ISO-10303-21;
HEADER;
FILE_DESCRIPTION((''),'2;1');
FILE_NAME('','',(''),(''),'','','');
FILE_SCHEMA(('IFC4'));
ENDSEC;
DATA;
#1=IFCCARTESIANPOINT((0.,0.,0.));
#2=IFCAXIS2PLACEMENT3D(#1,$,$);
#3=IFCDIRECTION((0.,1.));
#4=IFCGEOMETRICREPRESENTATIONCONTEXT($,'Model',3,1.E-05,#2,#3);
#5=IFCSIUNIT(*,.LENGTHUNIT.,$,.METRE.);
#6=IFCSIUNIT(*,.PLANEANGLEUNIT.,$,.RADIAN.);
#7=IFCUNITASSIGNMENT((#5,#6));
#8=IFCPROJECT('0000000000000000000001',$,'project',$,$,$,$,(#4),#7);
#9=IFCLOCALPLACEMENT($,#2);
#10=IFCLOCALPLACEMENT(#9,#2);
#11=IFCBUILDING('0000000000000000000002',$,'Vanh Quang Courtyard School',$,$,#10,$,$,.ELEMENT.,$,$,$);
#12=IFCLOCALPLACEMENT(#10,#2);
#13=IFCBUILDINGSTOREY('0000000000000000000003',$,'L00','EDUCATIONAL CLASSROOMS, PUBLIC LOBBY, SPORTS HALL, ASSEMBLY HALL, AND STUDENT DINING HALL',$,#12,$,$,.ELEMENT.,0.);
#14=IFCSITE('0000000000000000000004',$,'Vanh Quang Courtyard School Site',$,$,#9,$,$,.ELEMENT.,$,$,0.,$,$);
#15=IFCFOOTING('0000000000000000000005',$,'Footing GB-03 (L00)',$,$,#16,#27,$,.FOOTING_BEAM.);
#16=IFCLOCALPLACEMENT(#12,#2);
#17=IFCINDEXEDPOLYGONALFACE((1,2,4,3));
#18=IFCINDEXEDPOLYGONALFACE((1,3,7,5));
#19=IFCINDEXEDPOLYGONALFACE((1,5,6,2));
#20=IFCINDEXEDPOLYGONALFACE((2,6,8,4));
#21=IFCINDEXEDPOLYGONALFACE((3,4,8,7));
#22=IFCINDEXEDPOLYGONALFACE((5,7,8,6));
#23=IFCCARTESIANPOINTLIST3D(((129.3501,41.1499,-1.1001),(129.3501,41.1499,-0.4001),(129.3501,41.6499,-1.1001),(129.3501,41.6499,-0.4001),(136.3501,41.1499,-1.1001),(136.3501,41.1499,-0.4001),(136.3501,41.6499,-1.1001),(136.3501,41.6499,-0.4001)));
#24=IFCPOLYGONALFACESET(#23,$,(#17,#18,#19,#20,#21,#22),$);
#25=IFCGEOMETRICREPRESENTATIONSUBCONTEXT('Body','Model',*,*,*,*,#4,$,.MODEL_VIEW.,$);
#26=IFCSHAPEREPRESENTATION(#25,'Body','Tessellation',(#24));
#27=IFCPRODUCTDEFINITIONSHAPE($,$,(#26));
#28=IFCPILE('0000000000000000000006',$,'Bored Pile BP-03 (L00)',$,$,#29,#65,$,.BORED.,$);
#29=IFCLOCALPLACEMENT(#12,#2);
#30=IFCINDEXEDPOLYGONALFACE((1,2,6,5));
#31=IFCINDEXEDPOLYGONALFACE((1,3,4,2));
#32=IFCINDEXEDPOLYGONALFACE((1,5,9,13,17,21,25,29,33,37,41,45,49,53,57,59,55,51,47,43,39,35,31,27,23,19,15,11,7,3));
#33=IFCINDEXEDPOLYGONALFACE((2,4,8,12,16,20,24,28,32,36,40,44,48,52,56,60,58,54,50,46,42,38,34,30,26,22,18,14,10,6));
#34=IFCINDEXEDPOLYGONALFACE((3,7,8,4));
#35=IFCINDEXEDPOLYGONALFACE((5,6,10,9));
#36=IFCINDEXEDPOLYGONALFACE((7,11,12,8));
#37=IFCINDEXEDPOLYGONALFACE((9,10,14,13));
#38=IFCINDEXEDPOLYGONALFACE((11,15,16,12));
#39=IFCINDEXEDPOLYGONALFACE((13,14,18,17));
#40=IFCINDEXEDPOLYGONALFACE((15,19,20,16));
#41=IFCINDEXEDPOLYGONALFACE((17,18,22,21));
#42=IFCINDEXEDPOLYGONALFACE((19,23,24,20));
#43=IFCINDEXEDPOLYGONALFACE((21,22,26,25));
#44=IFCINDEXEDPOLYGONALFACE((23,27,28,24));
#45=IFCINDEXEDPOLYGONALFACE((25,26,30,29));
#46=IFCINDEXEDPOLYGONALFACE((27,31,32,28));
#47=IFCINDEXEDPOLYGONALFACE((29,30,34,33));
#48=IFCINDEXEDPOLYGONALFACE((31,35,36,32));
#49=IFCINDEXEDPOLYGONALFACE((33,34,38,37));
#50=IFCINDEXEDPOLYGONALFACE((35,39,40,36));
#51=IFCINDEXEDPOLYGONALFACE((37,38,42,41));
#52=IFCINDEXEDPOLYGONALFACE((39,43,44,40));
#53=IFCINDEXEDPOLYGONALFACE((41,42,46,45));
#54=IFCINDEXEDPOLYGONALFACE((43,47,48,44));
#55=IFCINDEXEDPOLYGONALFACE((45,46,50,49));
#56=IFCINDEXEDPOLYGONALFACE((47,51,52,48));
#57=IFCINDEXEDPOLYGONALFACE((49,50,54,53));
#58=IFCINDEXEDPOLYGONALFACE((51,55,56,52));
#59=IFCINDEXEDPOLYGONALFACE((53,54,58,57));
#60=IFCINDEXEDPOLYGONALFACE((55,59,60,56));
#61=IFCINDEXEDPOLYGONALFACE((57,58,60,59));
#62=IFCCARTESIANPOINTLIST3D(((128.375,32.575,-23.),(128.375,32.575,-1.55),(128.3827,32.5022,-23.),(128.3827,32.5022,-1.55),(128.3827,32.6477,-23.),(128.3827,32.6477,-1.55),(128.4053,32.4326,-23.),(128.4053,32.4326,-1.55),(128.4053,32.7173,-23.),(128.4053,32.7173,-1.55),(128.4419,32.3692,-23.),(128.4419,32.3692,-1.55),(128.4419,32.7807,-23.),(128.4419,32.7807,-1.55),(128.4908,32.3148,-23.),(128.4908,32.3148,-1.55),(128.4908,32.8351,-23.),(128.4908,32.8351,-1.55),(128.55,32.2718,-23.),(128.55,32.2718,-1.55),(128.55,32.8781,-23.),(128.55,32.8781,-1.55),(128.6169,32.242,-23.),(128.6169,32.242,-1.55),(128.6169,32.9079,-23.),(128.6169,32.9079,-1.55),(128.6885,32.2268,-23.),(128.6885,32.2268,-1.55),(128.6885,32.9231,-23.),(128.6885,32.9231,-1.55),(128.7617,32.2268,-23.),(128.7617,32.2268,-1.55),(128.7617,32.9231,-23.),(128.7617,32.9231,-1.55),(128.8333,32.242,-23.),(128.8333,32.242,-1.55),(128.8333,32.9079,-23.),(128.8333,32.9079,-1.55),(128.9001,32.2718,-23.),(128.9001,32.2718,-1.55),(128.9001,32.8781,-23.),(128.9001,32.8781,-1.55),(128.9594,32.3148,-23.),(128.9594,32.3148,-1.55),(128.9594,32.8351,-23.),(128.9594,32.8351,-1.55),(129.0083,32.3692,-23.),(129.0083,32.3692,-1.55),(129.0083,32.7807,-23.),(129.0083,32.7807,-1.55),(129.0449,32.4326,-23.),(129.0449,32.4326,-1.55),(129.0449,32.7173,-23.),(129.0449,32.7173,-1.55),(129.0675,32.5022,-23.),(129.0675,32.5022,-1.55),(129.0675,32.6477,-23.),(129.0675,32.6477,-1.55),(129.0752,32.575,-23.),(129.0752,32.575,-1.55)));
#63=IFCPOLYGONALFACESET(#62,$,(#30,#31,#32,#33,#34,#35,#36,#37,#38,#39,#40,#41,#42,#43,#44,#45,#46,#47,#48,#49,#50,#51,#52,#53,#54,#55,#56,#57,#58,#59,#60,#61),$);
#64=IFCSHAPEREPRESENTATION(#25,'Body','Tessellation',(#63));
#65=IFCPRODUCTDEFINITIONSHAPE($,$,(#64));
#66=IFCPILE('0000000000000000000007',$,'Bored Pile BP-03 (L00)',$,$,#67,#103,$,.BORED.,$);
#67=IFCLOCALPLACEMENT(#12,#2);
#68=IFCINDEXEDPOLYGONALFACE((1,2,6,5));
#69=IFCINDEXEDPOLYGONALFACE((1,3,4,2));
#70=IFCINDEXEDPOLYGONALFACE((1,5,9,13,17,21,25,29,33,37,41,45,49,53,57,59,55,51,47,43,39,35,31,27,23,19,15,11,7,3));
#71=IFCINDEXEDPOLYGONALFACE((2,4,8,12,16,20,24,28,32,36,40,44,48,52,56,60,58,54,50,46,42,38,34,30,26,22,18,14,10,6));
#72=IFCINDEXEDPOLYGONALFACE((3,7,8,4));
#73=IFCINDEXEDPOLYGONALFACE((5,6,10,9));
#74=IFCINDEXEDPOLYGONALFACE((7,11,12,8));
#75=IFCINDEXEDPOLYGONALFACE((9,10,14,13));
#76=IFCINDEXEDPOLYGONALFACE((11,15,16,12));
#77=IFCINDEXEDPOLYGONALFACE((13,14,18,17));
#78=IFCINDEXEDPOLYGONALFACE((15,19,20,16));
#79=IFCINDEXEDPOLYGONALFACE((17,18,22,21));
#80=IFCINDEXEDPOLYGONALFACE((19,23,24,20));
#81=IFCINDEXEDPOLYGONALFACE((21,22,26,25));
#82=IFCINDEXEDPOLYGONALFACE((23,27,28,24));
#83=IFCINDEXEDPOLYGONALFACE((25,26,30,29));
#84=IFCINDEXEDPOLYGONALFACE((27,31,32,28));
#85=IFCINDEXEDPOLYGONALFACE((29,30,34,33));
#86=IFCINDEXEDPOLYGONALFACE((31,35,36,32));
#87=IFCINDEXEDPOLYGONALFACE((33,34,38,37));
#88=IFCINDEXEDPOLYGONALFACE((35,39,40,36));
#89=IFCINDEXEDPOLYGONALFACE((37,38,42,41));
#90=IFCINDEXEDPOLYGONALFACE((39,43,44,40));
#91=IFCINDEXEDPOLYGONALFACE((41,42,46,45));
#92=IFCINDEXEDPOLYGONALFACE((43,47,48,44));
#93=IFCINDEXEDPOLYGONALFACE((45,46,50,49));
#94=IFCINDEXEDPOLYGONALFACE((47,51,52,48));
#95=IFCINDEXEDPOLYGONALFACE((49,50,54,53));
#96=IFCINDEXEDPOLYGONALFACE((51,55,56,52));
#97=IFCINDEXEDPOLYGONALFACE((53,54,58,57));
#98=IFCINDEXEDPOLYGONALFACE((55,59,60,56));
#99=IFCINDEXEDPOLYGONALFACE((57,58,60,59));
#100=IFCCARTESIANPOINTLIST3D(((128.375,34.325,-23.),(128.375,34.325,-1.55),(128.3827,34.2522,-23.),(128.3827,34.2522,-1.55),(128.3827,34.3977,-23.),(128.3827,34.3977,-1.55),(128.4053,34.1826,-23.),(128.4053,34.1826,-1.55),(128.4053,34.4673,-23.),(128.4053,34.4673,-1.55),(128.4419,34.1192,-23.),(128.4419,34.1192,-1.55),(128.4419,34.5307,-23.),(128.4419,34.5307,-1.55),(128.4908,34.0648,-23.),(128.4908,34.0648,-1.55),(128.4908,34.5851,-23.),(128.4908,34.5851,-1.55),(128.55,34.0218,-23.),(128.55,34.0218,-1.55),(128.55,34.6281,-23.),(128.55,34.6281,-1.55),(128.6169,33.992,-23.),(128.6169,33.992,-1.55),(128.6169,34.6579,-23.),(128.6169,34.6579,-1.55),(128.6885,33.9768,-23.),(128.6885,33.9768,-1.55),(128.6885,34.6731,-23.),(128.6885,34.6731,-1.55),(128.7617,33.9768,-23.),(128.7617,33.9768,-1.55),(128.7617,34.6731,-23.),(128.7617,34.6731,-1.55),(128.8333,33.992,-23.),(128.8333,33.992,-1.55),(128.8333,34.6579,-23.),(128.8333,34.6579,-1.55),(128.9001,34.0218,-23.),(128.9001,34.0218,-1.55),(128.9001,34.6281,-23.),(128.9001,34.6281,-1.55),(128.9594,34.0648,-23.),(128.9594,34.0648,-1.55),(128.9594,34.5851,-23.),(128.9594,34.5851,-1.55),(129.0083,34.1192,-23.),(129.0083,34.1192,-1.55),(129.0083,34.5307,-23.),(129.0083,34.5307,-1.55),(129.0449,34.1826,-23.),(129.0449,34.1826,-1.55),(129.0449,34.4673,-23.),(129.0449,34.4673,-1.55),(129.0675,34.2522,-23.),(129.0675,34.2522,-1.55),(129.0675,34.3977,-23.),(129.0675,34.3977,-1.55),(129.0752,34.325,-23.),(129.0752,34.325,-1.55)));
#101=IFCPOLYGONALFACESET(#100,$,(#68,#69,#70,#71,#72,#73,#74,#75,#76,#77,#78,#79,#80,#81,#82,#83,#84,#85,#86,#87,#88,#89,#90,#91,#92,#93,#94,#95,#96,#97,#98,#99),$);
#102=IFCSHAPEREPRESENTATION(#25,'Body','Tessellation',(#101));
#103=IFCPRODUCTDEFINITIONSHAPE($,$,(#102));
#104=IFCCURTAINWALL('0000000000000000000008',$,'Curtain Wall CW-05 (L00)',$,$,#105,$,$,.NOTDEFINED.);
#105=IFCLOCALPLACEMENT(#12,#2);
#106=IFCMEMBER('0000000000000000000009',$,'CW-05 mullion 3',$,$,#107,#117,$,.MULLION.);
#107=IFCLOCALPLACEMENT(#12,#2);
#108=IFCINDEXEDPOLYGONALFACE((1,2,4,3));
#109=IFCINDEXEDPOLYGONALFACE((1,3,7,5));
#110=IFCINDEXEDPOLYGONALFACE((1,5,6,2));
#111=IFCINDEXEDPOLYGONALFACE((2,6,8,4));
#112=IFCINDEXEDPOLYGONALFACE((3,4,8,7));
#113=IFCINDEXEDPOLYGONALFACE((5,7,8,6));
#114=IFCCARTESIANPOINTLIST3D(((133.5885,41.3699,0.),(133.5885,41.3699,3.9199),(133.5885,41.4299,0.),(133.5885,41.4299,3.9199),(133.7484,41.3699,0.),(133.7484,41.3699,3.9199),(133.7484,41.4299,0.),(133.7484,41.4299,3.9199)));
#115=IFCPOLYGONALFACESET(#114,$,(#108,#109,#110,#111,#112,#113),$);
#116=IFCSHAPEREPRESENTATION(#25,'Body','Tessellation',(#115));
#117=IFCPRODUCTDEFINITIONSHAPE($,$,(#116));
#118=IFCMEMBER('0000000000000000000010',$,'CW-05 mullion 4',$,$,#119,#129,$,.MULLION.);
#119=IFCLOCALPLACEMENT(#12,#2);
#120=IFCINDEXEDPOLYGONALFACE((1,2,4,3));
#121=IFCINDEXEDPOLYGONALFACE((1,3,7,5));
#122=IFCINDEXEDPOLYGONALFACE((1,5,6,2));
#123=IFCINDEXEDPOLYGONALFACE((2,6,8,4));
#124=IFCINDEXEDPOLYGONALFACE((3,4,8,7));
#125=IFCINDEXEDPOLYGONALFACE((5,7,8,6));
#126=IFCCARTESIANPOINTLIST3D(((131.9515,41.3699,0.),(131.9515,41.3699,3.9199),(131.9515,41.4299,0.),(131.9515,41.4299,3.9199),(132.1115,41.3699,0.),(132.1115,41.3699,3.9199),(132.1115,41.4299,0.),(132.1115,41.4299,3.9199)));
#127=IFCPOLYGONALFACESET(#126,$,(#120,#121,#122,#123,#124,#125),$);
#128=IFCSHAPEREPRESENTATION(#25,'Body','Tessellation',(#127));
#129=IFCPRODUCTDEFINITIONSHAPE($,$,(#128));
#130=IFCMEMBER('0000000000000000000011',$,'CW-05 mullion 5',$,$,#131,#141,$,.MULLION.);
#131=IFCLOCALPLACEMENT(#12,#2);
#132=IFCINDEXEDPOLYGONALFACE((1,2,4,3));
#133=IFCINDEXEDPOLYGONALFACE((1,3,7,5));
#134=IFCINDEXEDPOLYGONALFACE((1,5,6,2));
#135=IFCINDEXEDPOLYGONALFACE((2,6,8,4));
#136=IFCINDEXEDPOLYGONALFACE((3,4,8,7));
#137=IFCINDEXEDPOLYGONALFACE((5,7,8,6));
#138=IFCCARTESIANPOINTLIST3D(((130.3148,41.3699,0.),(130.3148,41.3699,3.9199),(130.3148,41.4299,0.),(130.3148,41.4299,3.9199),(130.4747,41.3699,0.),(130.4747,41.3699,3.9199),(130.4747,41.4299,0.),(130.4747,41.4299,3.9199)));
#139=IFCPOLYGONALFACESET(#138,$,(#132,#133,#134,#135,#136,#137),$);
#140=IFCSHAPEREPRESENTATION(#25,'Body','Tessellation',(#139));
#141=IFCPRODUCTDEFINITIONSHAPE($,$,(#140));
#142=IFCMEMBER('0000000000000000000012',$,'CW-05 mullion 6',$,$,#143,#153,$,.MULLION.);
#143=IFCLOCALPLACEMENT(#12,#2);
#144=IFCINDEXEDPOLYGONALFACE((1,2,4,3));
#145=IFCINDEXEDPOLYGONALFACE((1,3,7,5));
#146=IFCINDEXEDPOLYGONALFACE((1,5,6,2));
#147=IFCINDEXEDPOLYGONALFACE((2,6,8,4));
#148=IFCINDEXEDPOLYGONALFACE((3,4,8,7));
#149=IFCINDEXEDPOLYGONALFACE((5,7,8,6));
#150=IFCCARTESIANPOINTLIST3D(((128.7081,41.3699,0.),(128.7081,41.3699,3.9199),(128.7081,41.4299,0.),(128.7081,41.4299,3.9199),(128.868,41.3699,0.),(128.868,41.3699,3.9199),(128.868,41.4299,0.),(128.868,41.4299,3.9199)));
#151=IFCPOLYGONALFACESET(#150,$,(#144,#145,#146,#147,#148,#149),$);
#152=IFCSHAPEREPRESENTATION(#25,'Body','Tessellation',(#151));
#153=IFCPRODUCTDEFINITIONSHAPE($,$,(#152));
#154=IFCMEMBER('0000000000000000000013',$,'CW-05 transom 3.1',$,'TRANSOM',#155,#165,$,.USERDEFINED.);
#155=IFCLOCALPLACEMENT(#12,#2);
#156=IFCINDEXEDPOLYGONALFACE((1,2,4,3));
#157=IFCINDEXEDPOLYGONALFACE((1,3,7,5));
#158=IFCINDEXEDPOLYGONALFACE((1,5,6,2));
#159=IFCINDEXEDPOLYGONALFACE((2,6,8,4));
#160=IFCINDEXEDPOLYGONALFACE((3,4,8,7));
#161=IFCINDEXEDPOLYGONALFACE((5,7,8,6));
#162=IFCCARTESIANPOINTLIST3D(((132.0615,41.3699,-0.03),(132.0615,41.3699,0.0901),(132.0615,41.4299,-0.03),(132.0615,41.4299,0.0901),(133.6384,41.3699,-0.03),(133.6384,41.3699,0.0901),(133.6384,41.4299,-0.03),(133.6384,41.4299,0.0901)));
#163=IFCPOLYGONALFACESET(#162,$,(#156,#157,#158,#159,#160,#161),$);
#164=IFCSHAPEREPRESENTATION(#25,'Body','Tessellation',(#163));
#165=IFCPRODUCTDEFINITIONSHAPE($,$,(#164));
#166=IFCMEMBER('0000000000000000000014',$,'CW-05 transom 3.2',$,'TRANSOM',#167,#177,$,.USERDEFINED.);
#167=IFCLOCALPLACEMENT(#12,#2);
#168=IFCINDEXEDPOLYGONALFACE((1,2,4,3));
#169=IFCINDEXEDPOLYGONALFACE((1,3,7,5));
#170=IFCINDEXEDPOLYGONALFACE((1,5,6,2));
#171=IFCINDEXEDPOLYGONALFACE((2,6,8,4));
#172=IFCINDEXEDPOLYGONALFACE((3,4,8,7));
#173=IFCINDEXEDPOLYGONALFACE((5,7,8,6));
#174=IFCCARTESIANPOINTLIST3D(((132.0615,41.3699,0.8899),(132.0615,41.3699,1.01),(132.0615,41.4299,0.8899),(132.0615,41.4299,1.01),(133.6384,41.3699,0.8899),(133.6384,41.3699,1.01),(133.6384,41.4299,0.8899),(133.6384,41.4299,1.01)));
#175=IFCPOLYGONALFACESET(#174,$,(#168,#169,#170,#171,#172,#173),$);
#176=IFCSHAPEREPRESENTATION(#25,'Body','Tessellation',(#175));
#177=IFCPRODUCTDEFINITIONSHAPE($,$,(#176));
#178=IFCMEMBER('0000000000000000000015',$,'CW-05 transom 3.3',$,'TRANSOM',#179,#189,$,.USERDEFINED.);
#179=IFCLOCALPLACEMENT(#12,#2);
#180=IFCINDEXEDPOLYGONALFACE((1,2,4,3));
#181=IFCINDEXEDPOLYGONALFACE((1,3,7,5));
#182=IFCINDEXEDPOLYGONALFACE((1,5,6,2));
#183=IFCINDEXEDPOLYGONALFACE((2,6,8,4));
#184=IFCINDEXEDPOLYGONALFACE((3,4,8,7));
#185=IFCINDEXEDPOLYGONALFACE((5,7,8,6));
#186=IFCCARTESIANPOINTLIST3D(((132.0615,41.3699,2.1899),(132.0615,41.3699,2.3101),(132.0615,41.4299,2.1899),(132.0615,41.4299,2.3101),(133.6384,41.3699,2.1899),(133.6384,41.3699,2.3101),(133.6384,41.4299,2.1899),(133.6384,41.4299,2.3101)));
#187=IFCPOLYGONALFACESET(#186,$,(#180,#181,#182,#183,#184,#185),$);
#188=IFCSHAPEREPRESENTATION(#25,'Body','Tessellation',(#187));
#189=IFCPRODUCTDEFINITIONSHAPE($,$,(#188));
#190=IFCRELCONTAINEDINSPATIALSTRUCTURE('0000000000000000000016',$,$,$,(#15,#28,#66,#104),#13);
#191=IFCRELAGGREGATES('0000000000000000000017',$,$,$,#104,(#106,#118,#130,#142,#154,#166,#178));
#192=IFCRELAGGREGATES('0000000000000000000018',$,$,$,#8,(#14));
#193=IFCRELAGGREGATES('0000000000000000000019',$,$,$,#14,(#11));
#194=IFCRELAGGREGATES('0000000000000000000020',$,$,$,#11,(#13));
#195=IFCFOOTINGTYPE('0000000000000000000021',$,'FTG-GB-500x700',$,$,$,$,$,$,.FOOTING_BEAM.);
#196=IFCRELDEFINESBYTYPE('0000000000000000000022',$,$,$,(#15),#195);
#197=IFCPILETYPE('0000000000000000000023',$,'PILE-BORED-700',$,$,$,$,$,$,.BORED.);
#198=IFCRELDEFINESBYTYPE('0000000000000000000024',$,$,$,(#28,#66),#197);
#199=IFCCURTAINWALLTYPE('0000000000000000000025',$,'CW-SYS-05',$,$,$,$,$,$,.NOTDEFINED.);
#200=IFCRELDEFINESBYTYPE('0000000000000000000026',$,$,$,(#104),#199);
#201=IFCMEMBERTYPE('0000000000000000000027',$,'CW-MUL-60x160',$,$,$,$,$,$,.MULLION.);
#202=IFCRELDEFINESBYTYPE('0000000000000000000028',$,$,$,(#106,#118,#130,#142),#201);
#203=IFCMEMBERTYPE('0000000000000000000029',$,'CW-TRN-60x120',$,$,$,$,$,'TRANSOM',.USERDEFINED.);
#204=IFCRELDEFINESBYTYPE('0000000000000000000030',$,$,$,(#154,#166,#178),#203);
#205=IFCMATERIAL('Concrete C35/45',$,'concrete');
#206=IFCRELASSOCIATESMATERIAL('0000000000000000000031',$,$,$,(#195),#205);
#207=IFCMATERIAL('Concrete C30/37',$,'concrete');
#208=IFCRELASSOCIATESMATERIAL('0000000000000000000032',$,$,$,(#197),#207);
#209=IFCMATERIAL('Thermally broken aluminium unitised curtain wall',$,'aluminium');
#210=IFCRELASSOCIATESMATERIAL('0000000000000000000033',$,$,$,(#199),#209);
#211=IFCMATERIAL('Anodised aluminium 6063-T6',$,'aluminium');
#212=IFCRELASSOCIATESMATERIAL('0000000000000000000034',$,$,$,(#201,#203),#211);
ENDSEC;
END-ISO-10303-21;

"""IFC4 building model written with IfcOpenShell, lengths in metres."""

from ifc_helpers import new_model, si_unit, direction, frame, origin, origin_2d, place, context, subcontext, project, spatial, rectangle, circle, extrude, material, material_profile, profile_set, type_object, element, aggregate, save


model = new_model("IFC4")

# Units and contexts
model_context = context("Model", 3, precision=1e-05, world=origin(), true_north=direction((0.0, 1.0)))
body_context = subcontext(model_context, "Body", "Model", "MODEL_VIEW")
ifc_project = project(units=[si_unit("LENGTHUNIT", "METRE"), si_unit("PLANEANGLEUNIT", "RADIAN")], contexts=[model_context])

# Site, building, storey
site_placement = place(None, origin())
site = spatial("IfcSite", under=ifc_project, at=site_placement, Name="Vanh Quang Courtyard School Site", CompositionType="ELEMENT", RefElevation=0.0)
building_placement = place(site_placement, origin())
building = spatial("IfcBuilding", under=site, at=building_placement, Name="Vanh Quang Courtyard School", CompositionType="ELEMENT")
storey_placement = place(building_placement, origin())
storey = spatial("IfcBuildingStorey", under=building, at=storey_placement, Name="L00", Description="EDUCATIONAL CLASSROOMS, PUBLIC LOBBY, SPORTS HALL, ASSEMBLY HALL, AND STUDENT DINING HALL", CompositionType="ELEMENT", Elevation=0.0)

# Footing
ifc_material_1 = material(Name="Concrete C35/45", Category="concrete")
footing_type = type_object("IfcFootingType", Name="FTG-GB-500x700", PredefinedType="FOOTING_BEAM", material=ifc_material_1)
footing_placement = place(storey_placement, frame((132.8501, 41.3999, -1.1001), z_axis=(0.0, 0.0, 1.0), x_axis=(1.0, 0.0, 0.0)))
element("IfcFooting", 1, at=footing_placement, inside=storey, type_object=footing_type, Name="Footing GB-03 (L00)", PredefinedType="FOOTING_BEAM", context=body_context, shape_type="SweptSolid", body=[
    extrude(rectangle(XDim=7.0, YDim=0.5, at=origin_2d()), origin(), (0.0, 0.0, 1.0), 0.7),
])

# Piles
ifc_material_2 = material(Name="Concrete C30/37", Category="concrete")
ifc_material_profile_1 = material_profile(ifc_material_2, circle(Radius=0.3501, at=origin_2d()), Name="PILE D700")
ifc_profile_set_1 = profile_set([ifc_material_profile_1], Name="Concrete C30/37")
pile_type = type_object("IfcPileType", Name="PILE-BORED-700", PredefinedType="BORED", material=ifc_profile_set_1)
for number, where, z_axis, x_axis, name in (
    (2, (128.7251, 32.575, -1.55), (0.0, 0.0, -1.0), (1.0, 0.0, 0.0), "Bored Pile BP-03 (L00)"),
    (3, (128.7251, 34.325, -1.55), (0.0, 0.0, -1.0), (1.0, 0.0, 0.0), "Bored Pile BP-03 (L00)"),
):
    element("IfcPile", number, at=place(storey_placement, frame(where, z_axis=z_axis, x_axis=x_axis)), inside=storey, type_object=pile_type, Name=name, PredefinedType="BORED", context=body_context, shape_type="SweptSolid", body=[
        extrude(circle(Radius=0.3501, at=origin_2d()), origin(), (0.0, 0.0, 1.0), 21.45),
    ])

# Curtain wall, members
ifc_material_3 = material(Name="Thermally broken aluminium unitised curtain wall", Category="aluminium")
curtain_wall_type = type_object("IfcCurtainWallType", Name="CW-SYS-05", PredefinedType="NOTDEFINED", material=ifc_material_3)
curtain_wall_placement = place(storey_placement, origin())
curtain_wall = element("IfcCurtainWall", 4, at=curtain_wall_placement, inside=storey, type_object=curtain_wall_type, Name="Curtain Wall CW-05 (L00)", PredefinedType="NOTDEFINED")
ifc_material_4 = material(Name="Anodised aluminium 6063-T6", Category="aluminium")
ifc_material_profile_2 = material_profile(ifc_material_4, rectangle(XDim=0.0601, YDim=0.1599, at=origin_2d()), Name="ALU-MUL 60x160")
ifc_profile_set_2 = profile_set([ifc_material_profile_2], Name="Anodised aluminium 6063-T6")
member_type_1 = type_object("IfcMemberType", Name="CW-MUL-60x160", PredefinedType="MULLION", material=ifc_profile_set_2)
member_1_placement = place(storey_placement, frame((133.6685, 41.3999, 0.0), z_axis=(0.0, 0.0, 1.0), x_axis=(0.0, -1.0, 0.0)))
member_1 = element("IfcMember", 5, at=member_1_placement, type_object=member_type_1, Name="CW-05 mullion 3", PredefinedType="MULLION", context=body_context, shape_type="SweptSolid", body=[
    extrude(rectangle(XDim=0.0601, YDim=0.1599, at=origin_2d()), origin(), (0.0, 0.0, 1.0), 3.9199),
])
member_2_placement = place(storey_placement, frame((132.0315, 41.3999, 0.0), z_axis=(0.0, 0.0, 1.0), x_axis=(0.0, -1.0, 0.0)))
member_2 = element("IfcMember", 6, at=member_2_placement, type_object=member_type_1, Name="CW-05 mullion 4", PredefinedType="MULLION", context=body_context, shape_type="SweptSolid", body=[
    extrude(rectangle(XDim=0.0601, YDim=0.1599, at=origin_2d()), origin(), (0.0, 0.0, 1.0), 3.9199),
])
member_3_placement = place(storey_placement, frame((130.3948, 41.3999, 0.0), z_axis=(0.0, 0.0, 1.0), x_axis=(0.0, -1.0, 0.0)))
member_3 = element("IfcMember", 7, at=member_3_placement, type_object=member_type_1, Name="CW-05 mullion 5", PredefinedType="MULLION", context=body_context, shape_type="SweptSolid", body=[
    extrude(rectangle(XDim=0.0601, YDim=0.1599, at=origin_2d()), origin(), (0.0, 0.0, 1.0), 3.9199),
])
member_4_placement = place(storey_placement, frame((128.7881, 41.3999, 0.0), z_axis=(0.0, 0.0, 1.0), x_axis=(0.0, -1.0, 0.0)))
member_4 = element("IfcMember", 8, at=member_4_placement, type_object=member_type_1, Name="CW-05 mullion 6", PredefinedType="MULLION", context=body_context, shape_type="SweptSolid", body=[
    extrude(rectangle(XDim=0.0601, YDim=0.1599, at=origin_2d()), origin(), (0.0, 0.0, 1.0), 3.9199),
])
ifc_material_profile_3 = material_profile(ifc_material_4, rectangle(XDim=0.0601, YDim=0.1201, at=origin_2d()), Name="ALU-TRN 60x120")
ifc_profile_set_3 = profile_set([ifc_material_profile_3], Name="Anodised aluminium 6063-T6")
member_type_2 = type_object("IfcMemberType", Name="CW-TRN-60x120", ElementType="TRANSOM", PredefinedType="USERDEFINED", material=ifc_profile_set_3)
member_5_placement = place(storey_placement, frame((133.6384, 41.3999, 0.03), z_axis=(-1.0, 0.0, 0.0), x_axis=(0.0, -1.0, 0.0)))
member_5 = element("IfcMember", 9, at=member_5_placement, type_object=member_type_2, Name="CW-05 transom 3.1", ObjectType="TRANSOM", PredefinedType="USERDEFINED", context=body_context, shape_type="SweptSolid", body=[
    extrude(rectangle(XDim=0.0601, YDim=0.1201, at=origin_2d()), origin(), (0.0, 0.0, 1.0), 1.5769),
])
member_6_placement = place(storey_placement, frame((133.6384, 41.3999, 0.95), z_axis=(-1.0, 0.0, 0.0), x_axis=(0.0, -1.0, 0.0)))
member_6 = element("IfcMember", 10, at=member_6_placement, type_object=member_type_2, Name="CW-05 transom 3.2", ObjectType="TRANSOM", PredefinedType="USERDEFINED", context=body_context, shape_type="SweptSolid", body=[
    extrude(rectangle(XDim=0.0601, YDim=0.1201, at=origin_2d()), origin(), (0.0, 0.0, 1.0), 1.5769),
])
member_7_placement = place(storey_placement, frame((133.6384, 41.3999, 2.25), z_axis=(-1.0, 0.0, 0.0), x_axis=(0.0, -1.0, 0.0)))
member_7 = element("IfcMember", 11, at=member_7_placement, type_object=member_type_2, Name="CW-05 transom 3.3", ObjectType="TRANSOM", PredefinedType="USERDEFINED", context=body_context, shape_type="SweptSolid", body=[
    extrude(rectangle(XDim=0.0601, YDim=0.1201, at=origin_2d()), origin(), (0.0, 0.0, 1.0), 1.5769),
])
aggregate(curtain_wall, [member_1, member_2, member_3, member_4, member_5, member_6, member_7])

save(model, "model.ifc")
